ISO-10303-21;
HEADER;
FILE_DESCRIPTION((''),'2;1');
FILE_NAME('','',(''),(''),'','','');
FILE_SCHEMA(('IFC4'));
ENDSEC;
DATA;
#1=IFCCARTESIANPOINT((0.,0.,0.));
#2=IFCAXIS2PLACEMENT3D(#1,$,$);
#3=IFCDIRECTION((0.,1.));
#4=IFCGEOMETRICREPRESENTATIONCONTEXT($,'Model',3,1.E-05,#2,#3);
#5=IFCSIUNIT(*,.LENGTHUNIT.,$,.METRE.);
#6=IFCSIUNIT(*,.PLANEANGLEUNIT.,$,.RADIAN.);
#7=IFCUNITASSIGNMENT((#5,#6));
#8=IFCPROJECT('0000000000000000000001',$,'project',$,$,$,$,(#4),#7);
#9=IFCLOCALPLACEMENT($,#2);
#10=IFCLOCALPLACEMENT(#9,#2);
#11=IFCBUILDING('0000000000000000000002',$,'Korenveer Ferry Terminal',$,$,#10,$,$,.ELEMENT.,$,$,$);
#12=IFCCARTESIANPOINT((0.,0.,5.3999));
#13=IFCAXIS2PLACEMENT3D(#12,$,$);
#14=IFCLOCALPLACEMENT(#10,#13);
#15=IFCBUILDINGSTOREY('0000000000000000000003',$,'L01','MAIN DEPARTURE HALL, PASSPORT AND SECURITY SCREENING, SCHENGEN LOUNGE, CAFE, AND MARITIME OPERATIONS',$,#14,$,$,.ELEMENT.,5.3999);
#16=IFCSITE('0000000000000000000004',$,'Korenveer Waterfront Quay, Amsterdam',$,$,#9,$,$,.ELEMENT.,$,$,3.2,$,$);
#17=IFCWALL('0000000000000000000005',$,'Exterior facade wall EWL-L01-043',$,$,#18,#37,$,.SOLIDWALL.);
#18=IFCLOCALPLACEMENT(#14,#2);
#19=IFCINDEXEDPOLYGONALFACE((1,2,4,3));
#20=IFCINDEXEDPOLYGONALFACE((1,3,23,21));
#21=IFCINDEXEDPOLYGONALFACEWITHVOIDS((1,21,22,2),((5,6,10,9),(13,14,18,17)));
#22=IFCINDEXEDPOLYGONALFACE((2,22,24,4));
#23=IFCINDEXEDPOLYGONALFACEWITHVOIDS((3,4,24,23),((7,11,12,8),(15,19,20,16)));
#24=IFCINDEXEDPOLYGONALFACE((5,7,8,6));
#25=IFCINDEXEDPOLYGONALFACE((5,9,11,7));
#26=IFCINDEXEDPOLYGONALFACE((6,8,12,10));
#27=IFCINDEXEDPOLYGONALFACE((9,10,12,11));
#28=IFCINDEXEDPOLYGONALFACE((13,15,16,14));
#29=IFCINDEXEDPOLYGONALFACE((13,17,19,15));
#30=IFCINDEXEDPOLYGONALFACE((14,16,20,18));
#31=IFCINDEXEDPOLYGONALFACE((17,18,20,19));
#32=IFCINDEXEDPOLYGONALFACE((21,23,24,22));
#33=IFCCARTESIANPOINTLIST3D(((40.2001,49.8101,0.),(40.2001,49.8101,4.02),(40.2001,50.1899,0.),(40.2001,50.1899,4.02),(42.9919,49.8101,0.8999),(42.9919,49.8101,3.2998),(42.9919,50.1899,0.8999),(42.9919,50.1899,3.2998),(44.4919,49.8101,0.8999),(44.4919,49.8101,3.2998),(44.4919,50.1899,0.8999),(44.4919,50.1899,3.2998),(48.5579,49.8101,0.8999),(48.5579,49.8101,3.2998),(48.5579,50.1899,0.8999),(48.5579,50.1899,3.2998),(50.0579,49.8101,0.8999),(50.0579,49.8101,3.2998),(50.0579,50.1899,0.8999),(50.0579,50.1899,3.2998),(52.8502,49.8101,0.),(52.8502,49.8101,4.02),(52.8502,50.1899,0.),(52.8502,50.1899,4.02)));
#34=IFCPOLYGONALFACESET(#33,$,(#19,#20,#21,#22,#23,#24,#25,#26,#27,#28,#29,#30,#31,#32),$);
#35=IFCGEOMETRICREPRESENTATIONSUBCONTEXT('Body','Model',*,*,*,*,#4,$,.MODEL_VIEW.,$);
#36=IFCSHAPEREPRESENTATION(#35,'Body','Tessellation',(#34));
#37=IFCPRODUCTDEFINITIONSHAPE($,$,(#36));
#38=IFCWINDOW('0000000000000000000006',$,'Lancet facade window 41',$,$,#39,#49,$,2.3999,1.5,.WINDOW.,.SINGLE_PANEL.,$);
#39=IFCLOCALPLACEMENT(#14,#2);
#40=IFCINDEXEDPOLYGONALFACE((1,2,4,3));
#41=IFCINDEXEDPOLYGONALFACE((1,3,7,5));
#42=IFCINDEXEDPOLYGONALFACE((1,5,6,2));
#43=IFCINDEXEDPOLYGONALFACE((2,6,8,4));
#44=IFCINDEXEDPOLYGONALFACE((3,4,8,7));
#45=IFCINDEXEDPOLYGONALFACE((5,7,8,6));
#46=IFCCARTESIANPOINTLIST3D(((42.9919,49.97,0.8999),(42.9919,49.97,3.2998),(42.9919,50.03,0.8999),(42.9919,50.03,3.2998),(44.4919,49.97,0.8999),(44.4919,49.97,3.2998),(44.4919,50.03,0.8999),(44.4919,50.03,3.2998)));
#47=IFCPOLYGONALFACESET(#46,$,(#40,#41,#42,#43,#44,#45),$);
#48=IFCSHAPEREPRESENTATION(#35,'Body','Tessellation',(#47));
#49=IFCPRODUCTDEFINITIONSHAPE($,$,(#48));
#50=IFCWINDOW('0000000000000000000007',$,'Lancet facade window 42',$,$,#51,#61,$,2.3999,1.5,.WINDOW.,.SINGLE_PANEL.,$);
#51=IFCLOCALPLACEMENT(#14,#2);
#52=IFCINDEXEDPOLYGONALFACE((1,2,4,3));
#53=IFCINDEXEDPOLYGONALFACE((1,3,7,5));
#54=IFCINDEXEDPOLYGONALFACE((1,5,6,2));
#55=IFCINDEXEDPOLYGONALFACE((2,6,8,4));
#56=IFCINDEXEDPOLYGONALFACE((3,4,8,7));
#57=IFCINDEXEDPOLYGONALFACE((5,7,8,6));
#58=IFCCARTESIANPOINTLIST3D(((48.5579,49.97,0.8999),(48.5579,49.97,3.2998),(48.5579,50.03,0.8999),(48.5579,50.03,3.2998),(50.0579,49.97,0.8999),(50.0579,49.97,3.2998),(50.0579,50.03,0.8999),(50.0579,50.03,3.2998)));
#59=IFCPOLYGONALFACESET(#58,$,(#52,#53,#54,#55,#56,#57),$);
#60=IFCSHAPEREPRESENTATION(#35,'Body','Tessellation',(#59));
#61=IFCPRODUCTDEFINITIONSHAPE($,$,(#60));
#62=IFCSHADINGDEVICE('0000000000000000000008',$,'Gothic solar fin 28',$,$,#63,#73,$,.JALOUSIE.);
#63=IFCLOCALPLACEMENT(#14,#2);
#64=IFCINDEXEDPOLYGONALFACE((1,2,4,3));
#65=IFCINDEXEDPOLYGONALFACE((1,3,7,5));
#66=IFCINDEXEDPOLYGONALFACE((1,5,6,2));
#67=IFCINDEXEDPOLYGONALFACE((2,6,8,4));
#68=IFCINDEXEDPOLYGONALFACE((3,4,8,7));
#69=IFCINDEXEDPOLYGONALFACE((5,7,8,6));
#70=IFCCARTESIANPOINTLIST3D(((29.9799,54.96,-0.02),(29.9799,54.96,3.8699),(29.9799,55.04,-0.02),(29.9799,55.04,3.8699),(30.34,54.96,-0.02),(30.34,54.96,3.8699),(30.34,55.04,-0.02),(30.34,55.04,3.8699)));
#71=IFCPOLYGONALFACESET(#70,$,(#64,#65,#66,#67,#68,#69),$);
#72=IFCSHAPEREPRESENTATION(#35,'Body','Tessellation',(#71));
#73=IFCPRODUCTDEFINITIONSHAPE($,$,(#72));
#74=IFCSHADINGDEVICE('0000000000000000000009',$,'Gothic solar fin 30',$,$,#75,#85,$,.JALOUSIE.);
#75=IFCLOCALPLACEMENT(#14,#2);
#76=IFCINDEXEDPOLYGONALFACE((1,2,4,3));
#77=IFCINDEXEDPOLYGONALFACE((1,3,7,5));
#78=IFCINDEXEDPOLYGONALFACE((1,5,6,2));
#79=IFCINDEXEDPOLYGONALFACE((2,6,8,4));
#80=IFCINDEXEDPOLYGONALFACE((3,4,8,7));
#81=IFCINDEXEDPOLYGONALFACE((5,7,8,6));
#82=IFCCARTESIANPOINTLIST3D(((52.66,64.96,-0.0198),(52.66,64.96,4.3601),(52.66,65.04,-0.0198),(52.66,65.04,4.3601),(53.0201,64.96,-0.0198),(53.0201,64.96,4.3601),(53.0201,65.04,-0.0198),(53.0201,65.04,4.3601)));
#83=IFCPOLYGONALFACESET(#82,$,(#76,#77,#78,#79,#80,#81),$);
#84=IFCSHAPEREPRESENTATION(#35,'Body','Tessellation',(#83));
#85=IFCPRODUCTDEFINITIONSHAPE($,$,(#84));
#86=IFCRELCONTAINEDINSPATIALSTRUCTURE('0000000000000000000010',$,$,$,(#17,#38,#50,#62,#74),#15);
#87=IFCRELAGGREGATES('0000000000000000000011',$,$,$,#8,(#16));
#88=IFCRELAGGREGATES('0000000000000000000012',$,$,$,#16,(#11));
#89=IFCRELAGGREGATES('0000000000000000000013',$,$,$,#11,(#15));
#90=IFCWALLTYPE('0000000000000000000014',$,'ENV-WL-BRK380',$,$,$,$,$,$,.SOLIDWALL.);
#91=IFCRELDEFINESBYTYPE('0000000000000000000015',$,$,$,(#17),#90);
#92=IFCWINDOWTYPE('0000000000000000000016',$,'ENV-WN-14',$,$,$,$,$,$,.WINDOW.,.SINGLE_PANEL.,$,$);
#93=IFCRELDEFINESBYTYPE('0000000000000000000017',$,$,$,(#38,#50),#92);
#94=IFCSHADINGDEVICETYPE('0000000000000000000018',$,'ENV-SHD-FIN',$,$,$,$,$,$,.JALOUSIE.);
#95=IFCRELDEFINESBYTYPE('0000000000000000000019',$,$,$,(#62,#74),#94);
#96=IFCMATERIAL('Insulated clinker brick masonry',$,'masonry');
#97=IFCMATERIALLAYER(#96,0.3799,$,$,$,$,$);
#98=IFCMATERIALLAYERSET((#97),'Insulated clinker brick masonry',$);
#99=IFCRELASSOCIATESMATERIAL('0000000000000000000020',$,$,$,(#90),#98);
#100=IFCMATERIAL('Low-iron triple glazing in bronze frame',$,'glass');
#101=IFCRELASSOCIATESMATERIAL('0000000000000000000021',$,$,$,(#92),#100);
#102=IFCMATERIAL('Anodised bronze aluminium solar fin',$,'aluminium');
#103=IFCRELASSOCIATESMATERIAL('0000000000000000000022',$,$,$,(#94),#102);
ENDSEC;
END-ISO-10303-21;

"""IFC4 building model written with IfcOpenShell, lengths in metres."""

from ifc_helpers import new_model, si_unit, direction, frame, frame_2d, origin, origin_2d, place, context, subcontext, project, spatial, rectangle, extrude, material, layer, layer_set, type_object, element, fill, save


model = new_model("IFC4")

# Units and contexts
model_context = context("Model", 3, precision=1e-05, world=origin(), true_north=direction((0.0, 1.0)))
body_context = subcontext(model_context, "Body", "Model", "MODEL_VIEW")
ifc_project = project(units=[si_unit("LENGTHUNIT", "METRE"), si_unit("PLANEANGLEUNIT", "RADIAN")], contexts=[model_context])

# Site, building, storey
site_placement = place(None, origin())
site = spatial("IfcSite", under=ifc_project, at=site_placement, Name="Korenveer Waterfront Quay, Amsterdam", CompositionType="ELEMENT", RefElevation=3.2)
building_placement = place(site_placement, origin())
building = spatial("IfcBuilding", under=site, at=building_placement, Name="Korenveer Ferry Terminal", CompositionType="ELEMENT")
storey_placement = place(building_placement, frame((0.0, 0.0, 5.3999)))
storey = spatial("IfcBuildingStorey", under=building, at=storey_placement, Name="L01", Description="MAIN DEPARTURE HALL, PASSPORT AND SECURITY SCREENING, SCHENGEN LOUNGE, CAFE, AND MARITIME OPERATIONS", CompositionType="ELEMENT", Elevation=5.3999)

# Wall, openings, windows
ifc_material_1 = material(Name="Insulated clinker brick masonry", Category="masonry")
ifc_layer_1 = layer(ifc_material_1, 0.3799)
ifc_layer_set_1 = layer_set([ifc_layer_1], Name="Insulated clinker brick masonry")
wall_type = type_object("IfcWallType", Name="ENV-WL-BRK380", PredefinedType="SOLIDWALL", material=ifc_layer_set_1)
wall_placement = place(storey_placement, frame((40.2, 50.0, 0.0), z_axis=(0.0, 0.0, 1.0), x_axis=(1.0, 0.0, 0.0)))
wall = element("IfcWall", 1, at=wall_placement, inside=storey, type_object=wall_type, Name="Exterior facade wall EWL-L01-043", PredefinedType="SOLIDWALL", context=body_context, shape_type="SweptSolid", body=[
    extrude(rectangle(XDim=12.6501, YDim=0.3799, at=frame_2d((6.3252, 0.0))), origin(), (0.0, 0.0, 1.0), 4.02),
])
opening_1_placement = place(wall_placement, frame((2.792, 0.0, 0.8999)))
opening_1 = element("IfcOpeningElement", 2, at=opening_1_placement, cuts=wall, PredefinedType="OPENING", context=body_context, shape_type="SweptSolid", body=[
    extrude(rectangle(XDim=1.5, YDim=2.3999, at=frame_2d((0.75, 1.2))), frame((0.0, 0.2, 0.0), z_axis=(0.0, -1.0, 0.0), x_axis=(1.0, 0.0, 0.0)), (0.0, 0.0, 1.0), 0.3999),
])
opening_2_placement = place(wall_placement, frame((8.3579, 0.0, 0.8999)))
opening_2 = element("IfcOpeningElement", 3, at=opening_2_placement, cuts=wall, PredefinedType="OPENING", context=body_context, shape_type="SweptSolid", body=[
    extrude(rectangle(XDim=1.5, YDim=2.3999, at=frame_2d((0.75, 1.2))), frame((0.0, 0.2, 0.0), z_axis=(0.0, -1.0, 0.0), x_axis=(1.0, 0.0, 0.0)), (0.0, 0.0, 1.0), 0.3999),
])
ifc_material_2 = material(Name="Low-iron triple glazing in bronze frame", Category="glass")
window_type = type_object("IfcWindowType", Name="ENV-WN-14", PartitioningType="SINGLE_PANEL", PredefinedType="WINDOW", material=ifc_material_2)
window_1_placement = place(opening_1_placement, origin())
window_1 = element("IfcWindow", 4, at=window_1_placement, inside=storey, type_object=window_type, Name="Lancet facade window 41", OverallHeight=2.3999, OverallWidth=1.5, PartitioningType="SINGLE_PANEL", PredefinedType="WINDOW", context=body_context, shape_type="SweptSolid", body=[
    extrude(rectangle(XDim=1.5, YDim=2.3999, at=frame_2d((0.75, 1.2))), frame((0.0, 0.03, 0.0), z_axis=(0.0, -1.0, 0.0), x_axis=(1.0, 0.0, 0.0)), (0.0, 0.0, 1.0), 0.0601),
])
fill(opening_1, window_1)
window_2_placement = place(opening_2_placement, origin())
window_2 = element("IfcWindow", 5, at=window_2_placement, inside=storey, type_object=window_type, Name="Lancet facade window 42", OverallHeight=2.3999, OverallWidth=1.5, PartitioningType="SINGLE_PANEL", PredefinedType="WINDOW", context=body_context, shape_type="SweptSolid", body=[
    extrude(rectangle(XDim=1.5, YDim=2.3999, at=frame_2d((0.75, 1.2))), frame((0.0, 0.03, 0.0), z_axis=(0.0, -1.0, 0.0), x_axis=(1.0, 0.0, 0.0)), (0.0, 0.0, 1.0), 0.0601),
])
fill(opening_2, window_2)

# Shading devices
ifc_material_3 = material(Name="Anodised bronze aluminium solar fin", Category="aluminium")
shading_device_type = type_object("IfcShadingDeviceType", Name="ENV-SHD-FIN", PredefinedType="JALOUSIE", material=ifc_material_3)
shading_device_1_placement = place(storey_placement, frame((30.1599, 55.0, -0.02), z_axis=(0.0, 0.0, 1.0), x_axis=(1.0, 0.0, 0.0)))
element("IfcShadingDevice", 6, at=shading_device_1_placement, inside=storey, type_object=shading_device_type, Name="Gothic solar fin 28", PredefinedType="JALOUSIE", context=body_context, shape_type="SweptSolid", body=[
    extrude(rectangle(XDim=0.3601, YDim=0.0801, at=origin_2d()), origin(), (0.0, 0.0, 1.0), 3.8899),
])
shading_device_2_placement = place(storey_placement, frame((52.8401, 65.0, -0.0198), z_axis=(0.0, 0.0, 1.0), x_axis=(1.0, 0.0, 0.0)))
element("IfcShadingDevice", 7, at=shading_device_2_placement, inside=storey, type_object=shading_device_type, Name="Gothic solar fin 30", PredefinedType="JALOUSIE", context=body_context, shape_type="SweptSolid", body=[
    extrude(rectangle(XDim=0.3601, YDim=0.0801, at=origin_2d()), origin(), (0.0, 0.0, 1.0), 4.3799),
])

save(model, "model.ifc")
